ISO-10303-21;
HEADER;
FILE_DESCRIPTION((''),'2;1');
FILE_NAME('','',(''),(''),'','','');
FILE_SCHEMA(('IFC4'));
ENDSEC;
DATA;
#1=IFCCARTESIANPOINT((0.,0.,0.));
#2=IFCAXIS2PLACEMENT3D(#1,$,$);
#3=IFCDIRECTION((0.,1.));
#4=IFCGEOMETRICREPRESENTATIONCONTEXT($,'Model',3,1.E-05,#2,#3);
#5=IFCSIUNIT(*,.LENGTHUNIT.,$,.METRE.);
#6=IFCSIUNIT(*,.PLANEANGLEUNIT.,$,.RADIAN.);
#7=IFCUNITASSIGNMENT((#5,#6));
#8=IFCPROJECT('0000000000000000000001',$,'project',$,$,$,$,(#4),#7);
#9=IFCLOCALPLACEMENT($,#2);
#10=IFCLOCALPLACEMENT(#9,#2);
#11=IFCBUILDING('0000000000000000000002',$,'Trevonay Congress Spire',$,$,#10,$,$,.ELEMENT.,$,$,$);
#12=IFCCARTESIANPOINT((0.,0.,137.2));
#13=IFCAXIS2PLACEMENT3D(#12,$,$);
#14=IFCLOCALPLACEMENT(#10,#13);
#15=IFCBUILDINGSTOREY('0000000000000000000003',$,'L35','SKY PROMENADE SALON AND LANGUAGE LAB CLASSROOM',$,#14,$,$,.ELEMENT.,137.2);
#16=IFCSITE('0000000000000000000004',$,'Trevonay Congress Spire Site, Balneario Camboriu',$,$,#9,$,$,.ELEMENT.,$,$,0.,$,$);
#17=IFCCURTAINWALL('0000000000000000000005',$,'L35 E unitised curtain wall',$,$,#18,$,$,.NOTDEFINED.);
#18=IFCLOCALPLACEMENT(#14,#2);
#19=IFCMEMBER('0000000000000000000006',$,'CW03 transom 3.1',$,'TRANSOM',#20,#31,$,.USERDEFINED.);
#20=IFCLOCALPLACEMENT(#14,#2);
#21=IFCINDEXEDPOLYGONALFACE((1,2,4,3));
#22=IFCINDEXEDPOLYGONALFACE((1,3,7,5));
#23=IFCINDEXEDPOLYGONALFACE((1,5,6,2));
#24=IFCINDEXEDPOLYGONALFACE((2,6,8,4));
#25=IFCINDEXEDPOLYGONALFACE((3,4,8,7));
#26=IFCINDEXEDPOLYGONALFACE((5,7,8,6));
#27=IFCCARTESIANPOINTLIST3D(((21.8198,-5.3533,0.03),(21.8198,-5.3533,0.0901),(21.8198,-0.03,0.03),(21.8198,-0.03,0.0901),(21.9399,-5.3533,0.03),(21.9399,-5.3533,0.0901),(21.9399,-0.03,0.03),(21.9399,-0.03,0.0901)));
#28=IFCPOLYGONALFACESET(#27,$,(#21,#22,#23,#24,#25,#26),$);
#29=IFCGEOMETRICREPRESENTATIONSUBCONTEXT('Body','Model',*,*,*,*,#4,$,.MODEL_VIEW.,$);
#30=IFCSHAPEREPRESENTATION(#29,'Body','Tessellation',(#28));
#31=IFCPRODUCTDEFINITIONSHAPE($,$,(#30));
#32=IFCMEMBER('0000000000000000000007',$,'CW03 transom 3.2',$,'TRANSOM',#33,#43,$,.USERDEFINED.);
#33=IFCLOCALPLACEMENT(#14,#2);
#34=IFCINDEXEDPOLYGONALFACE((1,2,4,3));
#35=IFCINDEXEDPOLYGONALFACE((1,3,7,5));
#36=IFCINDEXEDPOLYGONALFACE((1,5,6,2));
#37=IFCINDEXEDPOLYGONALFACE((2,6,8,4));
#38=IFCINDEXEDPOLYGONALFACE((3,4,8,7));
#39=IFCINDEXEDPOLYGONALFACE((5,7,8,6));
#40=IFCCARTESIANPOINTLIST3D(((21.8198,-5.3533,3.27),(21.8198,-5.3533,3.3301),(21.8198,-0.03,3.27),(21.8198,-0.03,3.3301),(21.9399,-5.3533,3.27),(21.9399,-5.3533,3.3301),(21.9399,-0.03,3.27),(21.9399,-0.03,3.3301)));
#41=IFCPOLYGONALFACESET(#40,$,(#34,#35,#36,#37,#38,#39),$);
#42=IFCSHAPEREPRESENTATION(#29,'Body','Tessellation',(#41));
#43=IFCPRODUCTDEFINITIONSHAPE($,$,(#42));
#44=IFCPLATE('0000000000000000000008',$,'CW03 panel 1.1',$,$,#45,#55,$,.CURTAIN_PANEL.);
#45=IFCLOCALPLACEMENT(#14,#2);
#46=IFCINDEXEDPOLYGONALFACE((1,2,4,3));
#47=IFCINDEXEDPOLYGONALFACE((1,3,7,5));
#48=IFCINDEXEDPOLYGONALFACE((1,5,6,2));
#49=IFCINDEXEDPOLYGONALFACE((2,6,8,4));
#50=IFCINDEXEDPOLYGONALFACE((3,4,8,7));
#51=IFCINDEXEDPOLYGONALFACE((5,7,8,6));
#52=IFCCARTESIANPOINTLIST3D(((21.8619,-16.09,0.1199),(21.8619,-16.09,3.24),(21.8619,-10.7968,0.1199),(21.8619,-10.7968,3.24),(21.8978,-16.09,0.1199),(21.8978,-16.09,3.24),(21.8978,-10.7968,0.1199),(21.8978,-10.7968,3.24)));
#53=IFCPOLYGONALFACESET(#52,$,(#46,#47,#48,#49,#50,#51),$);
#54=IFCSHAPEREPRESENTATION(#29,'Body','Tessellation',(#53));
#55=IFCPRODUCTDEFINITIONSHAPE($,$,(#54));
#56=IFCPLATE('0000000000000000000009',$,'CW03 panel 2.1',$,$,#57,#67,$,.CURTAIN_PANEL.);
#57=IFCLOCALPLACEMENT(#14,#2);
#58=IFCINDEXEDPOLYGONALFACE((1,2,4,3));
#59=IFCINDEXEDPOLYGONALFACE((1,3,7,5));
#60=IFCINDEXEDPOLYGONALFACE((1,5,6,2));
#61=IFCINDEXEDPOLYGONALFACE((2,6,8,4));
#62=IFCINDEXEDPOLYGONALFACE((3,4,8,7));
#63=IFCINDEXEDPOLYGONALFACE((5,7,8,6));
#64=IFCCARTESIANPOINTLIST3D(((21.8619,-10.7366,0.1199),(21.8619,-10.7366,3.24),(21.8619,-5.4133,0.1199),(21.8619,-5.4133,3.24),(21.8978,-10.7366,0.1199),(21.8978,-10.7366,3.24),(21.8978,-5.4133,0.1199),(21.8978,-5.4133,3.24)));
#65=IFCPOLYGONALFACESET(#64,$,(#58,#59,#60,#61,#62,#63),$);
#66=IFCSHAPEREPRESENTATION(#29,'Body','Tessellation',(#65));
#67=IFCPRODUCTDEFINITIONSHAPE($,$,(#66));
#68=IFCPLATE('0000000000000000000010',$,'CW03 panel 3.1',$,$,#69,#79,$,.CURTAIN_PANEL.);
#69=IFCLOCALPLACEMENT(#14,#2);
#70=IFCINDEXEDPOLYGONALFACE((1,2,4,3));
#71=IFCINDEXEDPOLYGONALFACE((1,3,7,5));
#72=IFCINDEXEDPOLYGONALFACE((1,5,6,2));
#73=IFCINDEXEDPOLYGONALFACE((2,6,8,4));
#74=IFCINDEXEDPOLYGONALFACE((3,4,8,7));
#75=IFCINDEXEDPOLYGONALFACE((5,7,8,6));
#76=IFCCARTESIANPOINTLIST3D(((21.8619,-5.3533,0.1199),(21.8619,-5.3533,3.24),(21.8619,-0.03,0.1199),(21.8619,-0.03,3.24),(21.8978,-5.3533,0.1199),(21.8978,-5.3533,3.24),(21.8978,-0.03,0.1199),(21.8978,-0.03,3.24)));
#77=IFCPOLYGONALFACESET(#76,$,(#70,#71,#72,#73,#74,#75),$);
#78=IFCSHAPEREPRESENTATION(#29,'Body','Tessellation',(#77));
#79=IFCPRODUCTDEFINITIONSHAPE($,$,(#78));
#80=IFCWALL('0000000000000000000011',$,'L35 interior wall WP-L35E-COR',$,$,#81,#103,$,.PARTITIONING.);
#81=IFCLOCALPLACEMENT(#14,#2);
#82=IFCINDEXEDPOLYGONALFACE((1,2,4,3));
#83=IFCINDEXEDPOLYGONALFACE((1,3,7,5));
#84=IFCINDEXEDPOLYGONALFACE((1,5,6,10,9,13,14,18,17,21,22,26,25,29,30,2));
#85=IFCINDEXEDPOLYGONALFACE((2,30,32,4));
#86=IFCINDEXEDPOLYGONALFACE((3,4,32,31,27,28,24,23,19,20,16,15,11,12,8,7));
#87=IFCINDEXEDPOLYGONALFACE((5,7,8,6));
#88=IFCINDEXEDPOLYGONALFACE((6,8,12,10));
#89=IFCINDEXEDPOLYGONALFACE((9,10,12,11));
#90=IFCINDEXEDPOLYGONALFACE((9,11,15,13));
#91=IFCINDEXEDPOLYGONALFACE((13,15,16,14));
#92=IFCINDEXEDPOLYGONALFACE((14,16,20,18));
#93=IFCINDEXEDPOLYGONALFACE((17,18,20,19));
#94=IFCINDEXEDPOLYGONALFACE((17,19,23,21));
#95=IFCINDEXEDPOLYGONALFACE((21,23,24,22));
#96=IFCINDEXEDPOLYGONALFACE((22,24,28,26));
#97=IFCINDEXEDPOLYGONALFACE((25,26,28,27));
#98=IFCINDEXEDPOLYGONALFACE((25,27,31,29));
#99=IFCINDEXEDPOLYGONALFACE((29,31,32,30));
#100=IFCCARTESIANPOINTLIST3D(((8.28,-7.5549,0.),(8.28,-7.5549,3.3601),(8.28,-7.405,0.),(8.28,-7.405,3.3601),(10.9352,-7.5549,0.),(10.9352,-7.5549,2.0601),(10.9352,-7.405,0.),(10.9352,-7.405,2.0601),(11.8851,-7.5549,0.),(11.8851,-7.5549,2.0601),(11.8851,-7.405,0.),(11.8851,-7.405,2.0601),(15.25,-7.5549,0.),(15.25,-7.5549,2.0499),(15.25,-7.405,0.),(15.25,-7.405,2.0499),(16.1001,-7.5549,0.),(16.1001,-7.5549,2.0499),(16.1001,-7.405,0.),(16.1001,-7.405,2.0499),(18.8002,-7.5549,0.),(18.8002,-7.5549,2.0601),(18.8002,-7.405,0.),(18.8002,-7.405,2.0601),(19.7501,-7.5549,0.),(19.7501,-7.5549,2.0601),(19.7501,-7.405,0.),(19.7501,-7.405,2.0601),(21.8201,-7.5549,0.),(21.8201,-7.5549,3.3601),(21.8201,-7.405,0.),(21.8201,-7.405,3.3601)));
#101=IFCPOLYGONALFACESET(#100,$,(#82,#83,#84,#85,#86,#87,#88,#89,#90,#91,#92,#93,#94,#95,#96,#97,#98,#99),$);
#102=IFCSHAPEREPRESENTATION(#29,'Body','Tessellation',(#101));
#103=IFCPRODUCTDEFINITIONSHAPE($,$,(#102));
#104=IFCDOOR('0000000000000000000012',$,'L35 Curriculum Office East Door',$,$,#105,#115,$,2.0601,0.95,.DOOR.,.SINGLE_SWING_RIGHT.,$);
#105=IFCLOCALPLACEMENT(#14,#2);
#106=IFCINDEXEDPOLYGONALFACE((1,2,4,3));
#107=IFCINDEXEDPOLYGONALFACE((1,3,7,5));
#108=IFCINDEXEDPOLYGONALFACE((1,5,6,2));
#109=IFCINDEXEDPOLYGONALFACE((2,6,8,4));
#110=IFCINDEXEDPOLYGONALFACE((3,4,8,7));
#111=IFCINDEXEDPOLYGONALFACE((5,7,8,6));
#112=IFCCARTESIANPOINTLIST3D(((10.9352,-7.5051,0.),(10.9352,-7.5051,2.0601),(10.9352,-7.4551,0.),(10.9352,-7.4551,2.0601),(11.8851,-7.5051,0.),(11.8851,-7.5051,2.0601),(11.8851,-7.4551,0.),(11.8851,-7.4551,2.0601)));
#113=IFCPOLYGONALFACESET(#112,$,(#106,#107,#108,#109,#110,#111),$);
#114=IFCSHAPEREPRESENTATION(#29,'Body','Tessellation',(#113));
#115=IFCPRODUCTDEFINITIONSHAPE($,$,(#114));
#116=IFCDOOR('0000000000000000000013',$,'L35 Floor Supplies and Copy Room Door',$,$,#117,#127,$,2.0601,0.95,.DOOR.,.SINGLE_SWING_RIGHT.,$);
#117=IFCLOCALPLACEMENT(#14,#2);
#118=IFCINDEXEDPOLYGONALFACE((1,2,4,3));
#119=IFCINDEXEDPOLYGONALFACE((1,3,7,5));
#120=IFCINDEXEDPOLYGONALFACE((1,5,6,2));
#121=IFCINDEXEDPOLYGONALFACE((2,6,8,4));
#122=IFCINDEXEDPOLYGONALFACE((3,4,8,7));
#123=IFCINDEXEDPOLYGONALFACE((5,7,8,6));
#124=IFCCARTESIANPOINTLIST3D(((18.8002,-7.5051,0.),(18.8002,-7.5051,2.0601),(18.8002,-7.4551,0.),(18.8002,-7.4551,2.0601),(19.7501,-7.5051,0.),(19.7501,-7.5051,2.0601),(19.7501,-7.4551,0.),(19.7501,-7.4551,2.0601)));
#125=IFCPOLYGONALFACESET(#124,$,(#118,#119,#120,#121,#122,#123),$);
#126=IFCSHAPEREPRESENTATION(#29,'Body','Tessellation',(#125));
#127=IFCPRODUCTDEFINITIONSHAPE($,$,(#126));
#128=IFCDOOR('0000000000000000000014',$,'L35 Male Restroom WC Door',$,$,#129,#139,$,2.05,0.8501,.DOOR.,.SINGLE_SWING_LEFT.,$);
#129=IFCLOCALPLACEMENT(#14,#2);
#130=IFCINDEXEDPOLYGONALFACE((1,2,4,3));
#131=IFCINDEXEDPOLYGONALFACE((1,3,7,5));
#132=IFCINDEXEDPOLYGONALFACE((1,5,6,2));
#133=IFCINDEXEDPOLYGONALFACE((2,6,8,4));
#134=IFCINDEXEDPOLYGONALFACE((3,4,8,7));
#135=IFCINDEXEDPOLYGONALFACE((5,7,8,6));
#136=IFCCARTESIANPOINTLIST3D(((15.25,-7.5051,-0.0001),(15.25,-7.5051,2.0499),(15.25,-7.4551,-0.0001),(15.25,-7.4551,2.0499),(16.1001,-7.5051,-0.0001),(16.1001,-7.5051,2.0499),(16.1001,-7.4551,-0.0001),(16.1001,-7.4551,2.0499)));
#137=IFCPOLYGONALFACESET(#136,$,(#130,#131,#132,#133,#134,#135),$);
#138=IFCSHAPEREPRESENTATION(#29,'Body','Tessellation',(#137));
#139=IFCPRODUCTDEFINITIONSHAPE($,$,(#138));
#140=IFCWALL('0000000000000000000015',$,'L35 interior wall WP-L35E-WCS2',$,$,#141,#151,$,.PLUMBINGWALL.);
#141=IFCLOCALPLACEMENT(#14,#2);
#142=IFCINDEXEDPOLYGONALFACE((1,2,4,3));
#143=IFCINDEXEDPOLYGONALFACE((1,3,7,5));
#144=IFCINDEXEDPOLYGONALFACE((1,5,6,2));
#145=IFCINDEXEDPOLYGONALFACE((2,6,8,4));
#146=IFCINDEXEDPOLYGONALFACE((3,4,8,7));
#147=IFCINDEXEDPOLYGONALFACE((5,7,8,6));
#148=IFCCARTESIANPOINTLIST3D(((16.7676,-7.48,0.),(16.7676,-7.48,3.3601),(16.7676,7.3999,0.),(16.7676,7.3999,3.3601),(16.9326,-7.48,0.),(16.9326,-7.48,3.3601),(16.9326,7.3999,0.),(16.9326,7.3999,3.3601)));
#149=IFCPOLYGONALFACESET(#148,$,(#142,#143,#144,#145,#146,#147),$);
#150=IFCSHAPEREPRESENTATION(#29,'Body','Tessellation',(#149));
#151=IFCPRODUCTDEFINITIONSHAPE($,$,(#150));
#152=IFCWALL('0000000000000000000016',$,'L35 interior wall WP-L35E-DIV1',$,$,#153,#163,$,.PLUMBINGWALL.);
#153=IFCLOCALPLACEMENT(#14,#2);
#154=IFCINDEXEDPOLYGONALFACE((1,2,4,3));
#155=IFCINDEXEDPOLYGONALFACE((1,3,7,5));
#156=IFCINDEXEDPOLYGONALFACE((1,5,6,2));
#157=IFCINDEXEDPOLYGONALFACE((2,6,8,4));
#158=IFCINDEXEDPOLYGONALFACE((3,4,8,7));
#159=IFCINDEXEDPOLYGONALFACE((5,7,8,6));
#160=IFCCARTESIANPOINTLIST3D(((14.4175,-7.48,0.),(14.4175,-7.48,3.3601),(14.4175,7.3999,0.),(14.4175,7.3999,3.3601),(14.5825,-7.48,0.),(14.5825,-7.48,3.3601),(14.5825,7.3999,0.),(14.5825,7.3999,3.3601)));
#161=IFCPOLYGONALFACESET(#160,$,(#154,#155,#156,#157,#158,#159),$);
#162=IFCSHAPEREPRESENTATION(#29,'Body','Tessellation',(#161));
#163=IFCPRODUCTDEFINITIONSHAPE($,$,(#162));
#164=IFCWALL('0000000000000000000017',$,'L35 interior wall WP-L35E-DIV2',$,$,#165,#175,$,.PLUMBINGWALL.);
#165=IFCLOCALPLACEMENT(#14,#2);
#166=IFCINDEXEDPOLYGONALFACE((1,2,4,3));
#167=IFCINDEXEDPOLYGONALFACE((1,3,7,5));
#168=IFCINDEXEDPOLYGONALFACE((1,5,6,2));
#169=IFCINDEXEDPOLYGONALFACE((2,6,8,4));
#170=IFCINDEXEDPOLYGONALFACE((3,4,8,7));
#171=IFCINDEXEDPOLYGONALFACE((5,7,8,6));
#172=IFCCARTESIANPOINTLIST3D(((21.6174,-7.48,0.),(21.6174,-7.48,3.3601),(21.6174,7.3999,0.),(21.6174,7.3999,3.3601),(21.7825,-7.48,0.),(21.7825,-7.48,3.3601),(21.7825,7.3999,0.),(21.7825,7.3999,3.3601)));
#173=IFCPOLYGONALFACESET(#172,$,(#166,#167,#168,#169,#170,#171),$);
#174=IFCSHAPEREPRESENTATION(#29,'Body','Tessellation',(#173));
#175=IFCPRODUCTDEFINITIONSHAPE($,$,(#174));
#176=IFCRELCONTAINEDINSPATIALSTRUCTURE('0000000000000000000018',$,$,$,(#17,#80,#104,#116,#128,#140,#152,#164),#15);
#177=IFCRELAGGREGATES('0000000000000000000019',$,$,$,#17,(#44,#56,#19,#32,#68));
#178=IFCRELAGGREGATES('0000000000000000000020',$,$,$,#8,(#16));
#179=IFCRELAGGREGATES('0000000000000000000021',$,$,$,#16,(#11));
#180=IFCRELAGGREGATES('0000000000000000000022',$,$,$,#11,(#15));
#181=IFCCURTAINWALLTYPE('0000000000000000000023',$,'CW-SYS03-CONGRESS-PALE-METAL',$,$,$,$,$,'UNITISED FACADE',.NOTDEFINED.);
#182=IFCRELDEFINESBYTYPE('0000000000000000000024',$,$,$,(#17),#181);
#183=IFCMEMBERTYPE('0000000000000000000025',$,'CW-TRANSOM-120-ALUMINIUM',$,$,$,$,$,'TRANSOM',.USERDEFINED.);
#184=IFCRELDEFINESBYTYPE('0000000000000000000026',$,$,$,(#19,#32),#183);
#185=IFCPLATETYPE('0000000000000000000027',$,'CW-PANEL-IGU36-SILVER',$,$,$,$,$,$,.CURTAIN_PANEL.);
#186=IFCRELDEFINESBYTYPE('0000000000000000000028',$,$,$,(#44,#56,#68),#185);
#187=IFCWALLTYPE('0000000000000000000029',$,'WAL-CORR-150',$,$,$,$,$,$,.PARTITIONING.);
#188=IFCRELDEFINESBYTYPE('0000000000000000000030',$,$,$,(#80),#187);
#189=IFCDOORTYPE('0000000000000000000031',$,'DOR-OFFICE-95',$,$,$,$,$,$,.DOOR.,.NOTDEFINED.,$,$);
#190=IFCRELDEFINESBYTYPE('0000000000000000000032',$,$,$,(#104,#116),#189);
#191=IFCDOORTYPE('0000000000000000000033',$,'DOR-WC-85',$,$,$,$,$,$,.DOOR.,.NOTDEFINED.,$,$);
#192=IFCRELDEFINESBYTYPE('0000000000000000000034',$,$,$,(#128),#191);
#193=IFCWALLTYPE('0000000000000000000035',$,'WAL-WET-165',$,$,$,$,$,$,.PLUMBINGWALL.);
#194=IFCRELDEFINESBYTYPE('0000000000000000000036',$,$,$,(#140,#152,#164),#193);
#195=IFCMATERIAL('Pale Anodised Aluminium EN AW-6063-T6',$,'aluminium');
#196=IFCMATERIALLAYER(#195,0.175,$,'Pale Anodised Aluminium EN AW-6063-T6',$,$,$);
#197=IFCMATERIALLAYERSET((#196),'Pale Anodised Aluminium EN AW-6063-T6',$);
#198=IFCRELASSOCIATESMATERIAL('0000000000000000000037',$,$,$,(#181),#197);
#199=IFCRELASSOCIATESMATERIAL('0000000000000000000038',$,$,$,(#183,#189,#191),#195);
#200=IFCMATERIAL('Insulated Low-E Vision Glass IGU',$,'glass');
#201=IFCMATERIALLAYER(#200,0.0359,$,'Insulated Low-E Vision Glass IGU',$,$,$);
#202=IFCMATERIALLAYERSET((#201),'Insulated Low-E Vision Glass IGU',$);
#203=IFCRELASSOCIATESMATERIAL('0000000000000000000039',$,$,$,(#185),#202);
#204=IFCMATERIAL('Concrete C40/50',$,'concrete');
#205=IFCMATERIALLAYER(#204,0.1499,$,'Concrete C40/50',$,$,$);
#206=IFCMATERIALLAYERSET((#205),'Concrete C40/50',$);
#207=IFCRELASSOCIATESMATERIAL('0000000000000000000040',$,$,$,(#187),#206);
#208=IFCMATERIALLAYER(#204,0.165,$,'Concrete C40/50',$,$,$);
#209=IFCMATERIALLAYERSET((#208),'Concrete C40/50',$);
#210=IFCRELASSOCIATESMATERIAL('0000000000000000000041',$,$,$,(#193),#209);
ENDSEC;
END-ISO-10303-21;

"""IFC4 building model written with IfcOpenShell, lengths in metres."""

from ifc_helpers import new_model, si_unit, direction, frame, frame_2d, origin, origin_2d, place, context, subcontext, project, spatial, rectangle, extrude, material, layer, layer_set, material_profile, profile_set, type_object, element, fill, aggregate, save


model = new_model("IFC4")

# Units and contexts
model_context = context("Model", 3, precision=1e-05, world=origin(), true_north=direction((0.0, 1.0)))
body_context = subcontext(model_context, "Body", "Model", "MODEL_VIEW")
ifc_project = project(units=[si_unit("LENGTHUNIT", "METRE"), si_unit("PLANEANGLEUNIT", "RADIAN")], contexts=[model_context])

# Site, building, storey
site_placement = place(None, origin())
site = spatial("IfcSite", under=ifc_project, at=site_placement, Name="Trevonay Congress Spire Site, Balneario Camboriu", CompositionType="ELEMENT", RefElevation=0.0)
building_placement = place(site_placement, origin())
building = spatial("IfcBuilding", under=site, at=building_placement, Name="Trevonay Congress Spire", CompositionType="ELEMENT")
storey_placement = place(building_placement, frame((0.0, 0.0, 137.2)))
storey = spatial("IfcBuildingStorey", under=building, at=storey_placement, Name="L35", Description="SKY PROMENADE SALON AND LANGUAGE LAB CLASSROOM", CompositionType="ELEMENT", Elevation=137.2)

# Curtain wall, members, plates
ifc_material_1 = material(Name="Pale Anodised Aluminium EN AW-6063-T6", Category="aluminium")
ifc_layer_1 = layer(ifc_material_1, 0.175, Name="Pale Anodised Aluminium EN AW-6063-T6")
ifc_layer_set_1 = layer_set([ifc_layer_1], Name="Pale Anodised Aluminium EN AW-6063-T6")
curtain_wall_type = type_object("IfcCurtainWallType", Name="CW-SYS03-CONGRESS-PALE-METAL", ElementType="UNITISED FACADE", PredefinedType="NOTDEFINED", material=ifc_layer_set_1)
curtain_wall_placement = place(storey_placement, origin())
curtain_wall = element("IfcCurtainWall", 1, at=curtain_wall_placement, inside=storey, type_object=curtain_wall_type, Name="L35 E unitised curtain wall", PredefinedType="NOTDEFINED")
ifc_material_profile_1 = material_profile(ifc_material_1, rectangle(XDim=0.1201, YDim=0.0601, at=origin_2d()), Name="CW-TRANSOM-120-ALUMINIUM")
ifc_profile_set_1 = profile_set([ifc_material_profile_1], Name="Pale Anodised Aluminium EN AW-6063-T6")
member_type_1 = type_object("IfcMemberType", Name="CW-TRANSOM-120-ALUMINIUM", ElementType="TRANSOM", PredefinedType="USERDEFINED", material=ifc_profile_set_1)
member_1_placement = place(storey_placement, frame((21.8799, -5.3533, 0.0601), z_axis=(0.0, 1.0, 0.0), x_axis=(-1.0, 0.0, 0.0)))
member_1 = element("IfcMember", 2, at=member_1_placement, type_object=member_type_1, Name="CW03 transom 3.1", ObjectType="TRANSOM", PredefinedType="USERDEFINED", context=body_context, shape_type="SweptSolid", body=[
    extrude(rectangle(XDim=0.1201, YDim=0.0601, at=origin_2d()), origin(), (0.0, 0.0, 1.0), 5.3232),
])
member_2_placement = place(storey_placement, frame((21.8799, -5.3533, 3.3), z_axis=(0.0, 1.0, 0.0), x_axis=(-1.0, 0.0, 0.0)))
member_2 = element("IfcMember", 3, at=member_2_placement, type_object=member_type_1, Name="CW03 transom 3.2", ObjectType="TRANSOM", PredefinedType="USERDEFINED", context=body_context, shape_type="SweptSolid", body=[
    extrude(rectangle(XDim=0.1201, YDim=0.0601, at=origin_2d()), origin(), (0.0, 0.0, 1.0), 5.3232),
])
ifc_material_2 = material(Name="Insulated Low-E Vision Glass IGU", Category="glass")
ifc_layer_2 = layer(ifc_material_2, 0.0359, Name="Insulated Low-E Vision Glass IGU")
ifc_layer_set_2 = layer_set([ifc_layer_2], Name="Insulated Low-E Vision Glass IGU")
plate_type = type_object("IfcPlateType", Name="CW-PANEL-IGU36-SILVER", PredefinedType="CURTAIN_PANEL", material=ifc_layer_set_2)
plate_1_placement = place(storey_placement, frame((21.8799, -13.4434, 0.1199), z_axis=(0.0, 0.0, 1.0), x_axis=(0.0, 1.0, 0.0)))
plate_1 = element("IfcPlate", 4, at=plate_1_placement, type_object=plate_type, Name="CW03 panel 1.1", PredefinedType="CURTAIN_PANEL", context=body_context, shape_type="SweptSolid", body=[
    extrude(rectangle(XDim=5.2932, YDim=0.0359, at=origin_2d()), origin(), (0.0, 0.0, 1.0), 3.1201),
])
plate_2_placement = place(storey_placement, frame((21.8799, -8.075, 0.1199), z_axis=(0.0, 0.0, 1.0), x_axis=(0.0, 1.0, 0.0)))
plate_2 = element("IfcPlate", 5, at=plate_2_placement, type_object=plate_type, Name="CW03 panel 2.1", PredefinedType="CURTAIN_PANEL", context=body_context, shape_type="SweptSolid", body=[
    extrude(rectangle(XDim=5.3232, YDim=0.0359, at=origin_2d()), origin(), (0.0, 0.0, 1.0), 3.1201),
])
plate_3_placement = place(storey_placement, frame((21.8799, -2.6917, 0.1199), z_axis=(0.0, 0.0, 1.0), x_axis=(0.0, 1.0, 0.0)))
plate_3 = element("IfcPlate", 6, at=plate_3_placement, type_object=plate_type, Name="CW03 panel 3.1", PredefinedType="CURTAIN_PANEL", context=body_context, shape_type="SweptSolid", body=[
    extrude(rectangle(XDim=5.3232, YDim=0.0359, at=origin_2d()), origin(), (0.0, 0.0, 1.0), 3.1201),
])
aggregate(curtain_wall, [plate_1, plate_2, member_1, member_2, plate_3])

# Wall, openings, doors
ifc_material_3 = material(Name="Concrete C40/50", Category="concrete")
ifc_layer_3 = layer(ifc_material_3, 0.1499, Name="Concrete C40/50")
ifc_layer_set_3 = layer_set([ifc_layer_3], Name="Concrete C40/50")
wall_type_1 = type_object("IfcWallType", Name="WAL-CORR-150", PredefinedType="PARTITIONING", material=ifc_layer_set_3)
wall_placement = place(storey_placement, frame((8.28, -7.48, 0.0), z_axis=(0.0, 0.0, 1.0), x_axis=(1.0, 0.0, 0.0)))
wall = element("IfcWall", 7, at=wall_placement, inside=storey, type_object=wall_type_1, Name="L35 interior wall WP-L35E-COR", PredefinedType="PARTITIONING", context=body_context, shape_type="SweptSolid", body=[
    extrude(rectangle(XDim=13.54, YDim=0.1499, at=frame_2d((6.77, 0.0))), origin(), (0.0, 0.0, 1.0), 3.3601),
])
opening_1_placement = place(wall_placement, frame((2.655, 0.0, 0.0)))
opening_1 = element("IfcOpeningElement", 8, at=opening_1_placement, cuts=wall, PredefinedType="OPENING", context=body_context, shape_type="SweptSolid", body=[
    extrude(rectangle(XDim=0.95, YDim=2.0601, at=frame_2d((0.4751, 1.03))), frame((0.0, 0.085, 0.0), z_axis=(0.0, -1.0, 0.0), x_axis=(1.0, 0.0, 0.0)), (0.0, 0.0, 1.0), 0.1699),
])
opening_2_placement = place(wall_placement, frame((6.97, 0.0, 0.0)))
opening_2 = element("IfcOpeningElement", 9, at=opening_2_placement, cuts=wall, PredefinedType="OPENING", context=body_context, shape_type="SweptSolid", body=[
    extrude(rectangle(XDim=0.8501, YDim=2.05, at=frame_2d((0.425, 1.0249))), frame((0.0, 0.085, 0.0), z_axis=(0.0, -1.0, 0.0), x_axis=(1.0, 0.0, 0.0)), (0.0, 0.0, 1.0), 0.1699),
])
opening_3_placement = place(wall_placement, frame((10.52, 0.0, 0.0)))
opening_3 = element("IfcOpeningElement", 10, at=opening_3_placement, cuts=wall, PredefinedType="OPENING", context=body_context, shape_type="SweptSolid", body=[
    extrude(rectangle(XDim=0.95, YDim=2.0601, at=frame_2d((0.4751, 1.03))), frame((0.0, 0.085, 0.0), z_axis=(0.0, -1.0, 0.0), x_axis=(1.0, 0.0, 0.0)), (0.0, 0.0, 1.0), 0.1699),
])
door_type_1 = type_object("IfcDoorType", Name="DOR-OFFICE-95", OperationType="NOTDEFINED", PredefinedType="DOOR", material=ifc_material_1)
door_1_placement = place(opening_1_placement, origin())
door_1 = element("IfcDoor", 11, at=door_1_placement, inside=storey, type_object=door_type_1, Name="L35 Curriculum Office East Door", OperationType="SINGLE_SWING_RIGHT", OverallHeight=2.0601, OverallWidth=0.95, PredefinedType="DOOR", context=body_context, shape_type="SweptSolid", body=[
    extrude(rectangle(XDim=0.95, YDim=2.0601, at=frame_2d((0.4751, 1.03))), frame((0.0, 0.0249, 0.0), z_axis=(0.0, -1.0, 0.0), x_axis=(1.0, 0.0, 0.0)), (0.0, 0.0, 1.0), 0.05),
])
fill(opening_1, door_1)
door_2_placement = place(opening_3_placement, origin())
door_2 = element("IfcDoor", 12, at=door_2_placement, inside=storey, type_object=door_type_1, Name="L35 Floor Supplies and Copy Room Door", OperationType="SINGLE_SWING_RIGHT", OverallHeight=2.0601, OverallWidth=0.95, PredefinedType="DOOR", context=body_context, shape_type="SweptSolid", body=[
    extrude(rectangle(XDim=0.95, YDim=2.0601, at=frame_2d((0.4751, 1.03))), frame((0.0, 0.0249, 0.0), z_axis=(0.0, -1.0, 0.0), x_axis=(1.0, 0.0, 0.0)), (0.0, 0.0, 1.0), 0.05),
])
fill(opening_3, door_2)
door_type_2 = type_object("IfcDoorType", Name="DOR-WC-85", OperationType="NOTDEFINED", PredefinedType="DOOR", material=ifc_material_1)
door_3_placement = place(opening_2_placement, origin())
door_3 = element("IfcDoor", 13, at=door_3_placement, inside=storey, type_object=door_type_2, Name="L35 Male Restroom WC Door", OperationType="SINGLE_SWING_LEFT", OverallHeight=2.05, OverallWidth=0.8501, PredefinedType="DOOR", context=body_context, shape_type="SweptSolid", body=[
    extrude(rectangle(XDim=0.8501, YDim=2.05, at=frame_2d((0.425, 1.0249))), frame((0.0, 0.0249, 0.0), z_axis=(0.0, -1.0, 0.0), x_axis=(1.0, 0.0, 0.0)), (0.0, 0.0, 1.0), 0.05),
])
fill(opening_2, door_3)

# Walls
ifc_layer_4 = layer(ifc_material_3, 0.165, Name="Concrete C40/50")
ifc_layer_set_4 = layer_set([ifc_layer_4], Name="Concrete C40/50")
wall_type_2 = type_object("IfcWallType", Name="WAL-WET-165", PredefinedType="PLUMBINGWALL", material=ifc_layer_set_4)
for number, where, z_axis, x_axis, name in (
    (14, (16.8501, -7.48, 0.0), (0.0, 0.0, 1.0), (0.0, 1.0, 0.0), "L35 interior wall WP-L35E-WCS2"),
    (15, (14.5, -7.48, 0.0), (0.0, 0.0, 1.0), (0.0, 1.0, 0.0), "L35 interior wall WP-L35E-DIV1"),
    (16, (21.7, -7.48, 0.0), (0.0, 0.0, 1.0), (0.0, 1.0, 0.0), "L35 interior wall WP-L35E-DIV2"),
):
    element("IfcWall", number, at=place(storey_placement, frame(where, z_axis=z_axis, x_axis=x_axis)), inside=storey, type_object=wall_type_2, Name=name, PredefinedType="PLUMBINGWALL", context=body_context, shape_type="SweptSolid", body=[
        extrude(rectangle(XDim=14.8799, YDim=0.165, at=frame_2d((7.4399, 0.0))), origin(), (0.0, 0.0, 1.0), 3.3601),
    ])

save(model, "model.ifc")
